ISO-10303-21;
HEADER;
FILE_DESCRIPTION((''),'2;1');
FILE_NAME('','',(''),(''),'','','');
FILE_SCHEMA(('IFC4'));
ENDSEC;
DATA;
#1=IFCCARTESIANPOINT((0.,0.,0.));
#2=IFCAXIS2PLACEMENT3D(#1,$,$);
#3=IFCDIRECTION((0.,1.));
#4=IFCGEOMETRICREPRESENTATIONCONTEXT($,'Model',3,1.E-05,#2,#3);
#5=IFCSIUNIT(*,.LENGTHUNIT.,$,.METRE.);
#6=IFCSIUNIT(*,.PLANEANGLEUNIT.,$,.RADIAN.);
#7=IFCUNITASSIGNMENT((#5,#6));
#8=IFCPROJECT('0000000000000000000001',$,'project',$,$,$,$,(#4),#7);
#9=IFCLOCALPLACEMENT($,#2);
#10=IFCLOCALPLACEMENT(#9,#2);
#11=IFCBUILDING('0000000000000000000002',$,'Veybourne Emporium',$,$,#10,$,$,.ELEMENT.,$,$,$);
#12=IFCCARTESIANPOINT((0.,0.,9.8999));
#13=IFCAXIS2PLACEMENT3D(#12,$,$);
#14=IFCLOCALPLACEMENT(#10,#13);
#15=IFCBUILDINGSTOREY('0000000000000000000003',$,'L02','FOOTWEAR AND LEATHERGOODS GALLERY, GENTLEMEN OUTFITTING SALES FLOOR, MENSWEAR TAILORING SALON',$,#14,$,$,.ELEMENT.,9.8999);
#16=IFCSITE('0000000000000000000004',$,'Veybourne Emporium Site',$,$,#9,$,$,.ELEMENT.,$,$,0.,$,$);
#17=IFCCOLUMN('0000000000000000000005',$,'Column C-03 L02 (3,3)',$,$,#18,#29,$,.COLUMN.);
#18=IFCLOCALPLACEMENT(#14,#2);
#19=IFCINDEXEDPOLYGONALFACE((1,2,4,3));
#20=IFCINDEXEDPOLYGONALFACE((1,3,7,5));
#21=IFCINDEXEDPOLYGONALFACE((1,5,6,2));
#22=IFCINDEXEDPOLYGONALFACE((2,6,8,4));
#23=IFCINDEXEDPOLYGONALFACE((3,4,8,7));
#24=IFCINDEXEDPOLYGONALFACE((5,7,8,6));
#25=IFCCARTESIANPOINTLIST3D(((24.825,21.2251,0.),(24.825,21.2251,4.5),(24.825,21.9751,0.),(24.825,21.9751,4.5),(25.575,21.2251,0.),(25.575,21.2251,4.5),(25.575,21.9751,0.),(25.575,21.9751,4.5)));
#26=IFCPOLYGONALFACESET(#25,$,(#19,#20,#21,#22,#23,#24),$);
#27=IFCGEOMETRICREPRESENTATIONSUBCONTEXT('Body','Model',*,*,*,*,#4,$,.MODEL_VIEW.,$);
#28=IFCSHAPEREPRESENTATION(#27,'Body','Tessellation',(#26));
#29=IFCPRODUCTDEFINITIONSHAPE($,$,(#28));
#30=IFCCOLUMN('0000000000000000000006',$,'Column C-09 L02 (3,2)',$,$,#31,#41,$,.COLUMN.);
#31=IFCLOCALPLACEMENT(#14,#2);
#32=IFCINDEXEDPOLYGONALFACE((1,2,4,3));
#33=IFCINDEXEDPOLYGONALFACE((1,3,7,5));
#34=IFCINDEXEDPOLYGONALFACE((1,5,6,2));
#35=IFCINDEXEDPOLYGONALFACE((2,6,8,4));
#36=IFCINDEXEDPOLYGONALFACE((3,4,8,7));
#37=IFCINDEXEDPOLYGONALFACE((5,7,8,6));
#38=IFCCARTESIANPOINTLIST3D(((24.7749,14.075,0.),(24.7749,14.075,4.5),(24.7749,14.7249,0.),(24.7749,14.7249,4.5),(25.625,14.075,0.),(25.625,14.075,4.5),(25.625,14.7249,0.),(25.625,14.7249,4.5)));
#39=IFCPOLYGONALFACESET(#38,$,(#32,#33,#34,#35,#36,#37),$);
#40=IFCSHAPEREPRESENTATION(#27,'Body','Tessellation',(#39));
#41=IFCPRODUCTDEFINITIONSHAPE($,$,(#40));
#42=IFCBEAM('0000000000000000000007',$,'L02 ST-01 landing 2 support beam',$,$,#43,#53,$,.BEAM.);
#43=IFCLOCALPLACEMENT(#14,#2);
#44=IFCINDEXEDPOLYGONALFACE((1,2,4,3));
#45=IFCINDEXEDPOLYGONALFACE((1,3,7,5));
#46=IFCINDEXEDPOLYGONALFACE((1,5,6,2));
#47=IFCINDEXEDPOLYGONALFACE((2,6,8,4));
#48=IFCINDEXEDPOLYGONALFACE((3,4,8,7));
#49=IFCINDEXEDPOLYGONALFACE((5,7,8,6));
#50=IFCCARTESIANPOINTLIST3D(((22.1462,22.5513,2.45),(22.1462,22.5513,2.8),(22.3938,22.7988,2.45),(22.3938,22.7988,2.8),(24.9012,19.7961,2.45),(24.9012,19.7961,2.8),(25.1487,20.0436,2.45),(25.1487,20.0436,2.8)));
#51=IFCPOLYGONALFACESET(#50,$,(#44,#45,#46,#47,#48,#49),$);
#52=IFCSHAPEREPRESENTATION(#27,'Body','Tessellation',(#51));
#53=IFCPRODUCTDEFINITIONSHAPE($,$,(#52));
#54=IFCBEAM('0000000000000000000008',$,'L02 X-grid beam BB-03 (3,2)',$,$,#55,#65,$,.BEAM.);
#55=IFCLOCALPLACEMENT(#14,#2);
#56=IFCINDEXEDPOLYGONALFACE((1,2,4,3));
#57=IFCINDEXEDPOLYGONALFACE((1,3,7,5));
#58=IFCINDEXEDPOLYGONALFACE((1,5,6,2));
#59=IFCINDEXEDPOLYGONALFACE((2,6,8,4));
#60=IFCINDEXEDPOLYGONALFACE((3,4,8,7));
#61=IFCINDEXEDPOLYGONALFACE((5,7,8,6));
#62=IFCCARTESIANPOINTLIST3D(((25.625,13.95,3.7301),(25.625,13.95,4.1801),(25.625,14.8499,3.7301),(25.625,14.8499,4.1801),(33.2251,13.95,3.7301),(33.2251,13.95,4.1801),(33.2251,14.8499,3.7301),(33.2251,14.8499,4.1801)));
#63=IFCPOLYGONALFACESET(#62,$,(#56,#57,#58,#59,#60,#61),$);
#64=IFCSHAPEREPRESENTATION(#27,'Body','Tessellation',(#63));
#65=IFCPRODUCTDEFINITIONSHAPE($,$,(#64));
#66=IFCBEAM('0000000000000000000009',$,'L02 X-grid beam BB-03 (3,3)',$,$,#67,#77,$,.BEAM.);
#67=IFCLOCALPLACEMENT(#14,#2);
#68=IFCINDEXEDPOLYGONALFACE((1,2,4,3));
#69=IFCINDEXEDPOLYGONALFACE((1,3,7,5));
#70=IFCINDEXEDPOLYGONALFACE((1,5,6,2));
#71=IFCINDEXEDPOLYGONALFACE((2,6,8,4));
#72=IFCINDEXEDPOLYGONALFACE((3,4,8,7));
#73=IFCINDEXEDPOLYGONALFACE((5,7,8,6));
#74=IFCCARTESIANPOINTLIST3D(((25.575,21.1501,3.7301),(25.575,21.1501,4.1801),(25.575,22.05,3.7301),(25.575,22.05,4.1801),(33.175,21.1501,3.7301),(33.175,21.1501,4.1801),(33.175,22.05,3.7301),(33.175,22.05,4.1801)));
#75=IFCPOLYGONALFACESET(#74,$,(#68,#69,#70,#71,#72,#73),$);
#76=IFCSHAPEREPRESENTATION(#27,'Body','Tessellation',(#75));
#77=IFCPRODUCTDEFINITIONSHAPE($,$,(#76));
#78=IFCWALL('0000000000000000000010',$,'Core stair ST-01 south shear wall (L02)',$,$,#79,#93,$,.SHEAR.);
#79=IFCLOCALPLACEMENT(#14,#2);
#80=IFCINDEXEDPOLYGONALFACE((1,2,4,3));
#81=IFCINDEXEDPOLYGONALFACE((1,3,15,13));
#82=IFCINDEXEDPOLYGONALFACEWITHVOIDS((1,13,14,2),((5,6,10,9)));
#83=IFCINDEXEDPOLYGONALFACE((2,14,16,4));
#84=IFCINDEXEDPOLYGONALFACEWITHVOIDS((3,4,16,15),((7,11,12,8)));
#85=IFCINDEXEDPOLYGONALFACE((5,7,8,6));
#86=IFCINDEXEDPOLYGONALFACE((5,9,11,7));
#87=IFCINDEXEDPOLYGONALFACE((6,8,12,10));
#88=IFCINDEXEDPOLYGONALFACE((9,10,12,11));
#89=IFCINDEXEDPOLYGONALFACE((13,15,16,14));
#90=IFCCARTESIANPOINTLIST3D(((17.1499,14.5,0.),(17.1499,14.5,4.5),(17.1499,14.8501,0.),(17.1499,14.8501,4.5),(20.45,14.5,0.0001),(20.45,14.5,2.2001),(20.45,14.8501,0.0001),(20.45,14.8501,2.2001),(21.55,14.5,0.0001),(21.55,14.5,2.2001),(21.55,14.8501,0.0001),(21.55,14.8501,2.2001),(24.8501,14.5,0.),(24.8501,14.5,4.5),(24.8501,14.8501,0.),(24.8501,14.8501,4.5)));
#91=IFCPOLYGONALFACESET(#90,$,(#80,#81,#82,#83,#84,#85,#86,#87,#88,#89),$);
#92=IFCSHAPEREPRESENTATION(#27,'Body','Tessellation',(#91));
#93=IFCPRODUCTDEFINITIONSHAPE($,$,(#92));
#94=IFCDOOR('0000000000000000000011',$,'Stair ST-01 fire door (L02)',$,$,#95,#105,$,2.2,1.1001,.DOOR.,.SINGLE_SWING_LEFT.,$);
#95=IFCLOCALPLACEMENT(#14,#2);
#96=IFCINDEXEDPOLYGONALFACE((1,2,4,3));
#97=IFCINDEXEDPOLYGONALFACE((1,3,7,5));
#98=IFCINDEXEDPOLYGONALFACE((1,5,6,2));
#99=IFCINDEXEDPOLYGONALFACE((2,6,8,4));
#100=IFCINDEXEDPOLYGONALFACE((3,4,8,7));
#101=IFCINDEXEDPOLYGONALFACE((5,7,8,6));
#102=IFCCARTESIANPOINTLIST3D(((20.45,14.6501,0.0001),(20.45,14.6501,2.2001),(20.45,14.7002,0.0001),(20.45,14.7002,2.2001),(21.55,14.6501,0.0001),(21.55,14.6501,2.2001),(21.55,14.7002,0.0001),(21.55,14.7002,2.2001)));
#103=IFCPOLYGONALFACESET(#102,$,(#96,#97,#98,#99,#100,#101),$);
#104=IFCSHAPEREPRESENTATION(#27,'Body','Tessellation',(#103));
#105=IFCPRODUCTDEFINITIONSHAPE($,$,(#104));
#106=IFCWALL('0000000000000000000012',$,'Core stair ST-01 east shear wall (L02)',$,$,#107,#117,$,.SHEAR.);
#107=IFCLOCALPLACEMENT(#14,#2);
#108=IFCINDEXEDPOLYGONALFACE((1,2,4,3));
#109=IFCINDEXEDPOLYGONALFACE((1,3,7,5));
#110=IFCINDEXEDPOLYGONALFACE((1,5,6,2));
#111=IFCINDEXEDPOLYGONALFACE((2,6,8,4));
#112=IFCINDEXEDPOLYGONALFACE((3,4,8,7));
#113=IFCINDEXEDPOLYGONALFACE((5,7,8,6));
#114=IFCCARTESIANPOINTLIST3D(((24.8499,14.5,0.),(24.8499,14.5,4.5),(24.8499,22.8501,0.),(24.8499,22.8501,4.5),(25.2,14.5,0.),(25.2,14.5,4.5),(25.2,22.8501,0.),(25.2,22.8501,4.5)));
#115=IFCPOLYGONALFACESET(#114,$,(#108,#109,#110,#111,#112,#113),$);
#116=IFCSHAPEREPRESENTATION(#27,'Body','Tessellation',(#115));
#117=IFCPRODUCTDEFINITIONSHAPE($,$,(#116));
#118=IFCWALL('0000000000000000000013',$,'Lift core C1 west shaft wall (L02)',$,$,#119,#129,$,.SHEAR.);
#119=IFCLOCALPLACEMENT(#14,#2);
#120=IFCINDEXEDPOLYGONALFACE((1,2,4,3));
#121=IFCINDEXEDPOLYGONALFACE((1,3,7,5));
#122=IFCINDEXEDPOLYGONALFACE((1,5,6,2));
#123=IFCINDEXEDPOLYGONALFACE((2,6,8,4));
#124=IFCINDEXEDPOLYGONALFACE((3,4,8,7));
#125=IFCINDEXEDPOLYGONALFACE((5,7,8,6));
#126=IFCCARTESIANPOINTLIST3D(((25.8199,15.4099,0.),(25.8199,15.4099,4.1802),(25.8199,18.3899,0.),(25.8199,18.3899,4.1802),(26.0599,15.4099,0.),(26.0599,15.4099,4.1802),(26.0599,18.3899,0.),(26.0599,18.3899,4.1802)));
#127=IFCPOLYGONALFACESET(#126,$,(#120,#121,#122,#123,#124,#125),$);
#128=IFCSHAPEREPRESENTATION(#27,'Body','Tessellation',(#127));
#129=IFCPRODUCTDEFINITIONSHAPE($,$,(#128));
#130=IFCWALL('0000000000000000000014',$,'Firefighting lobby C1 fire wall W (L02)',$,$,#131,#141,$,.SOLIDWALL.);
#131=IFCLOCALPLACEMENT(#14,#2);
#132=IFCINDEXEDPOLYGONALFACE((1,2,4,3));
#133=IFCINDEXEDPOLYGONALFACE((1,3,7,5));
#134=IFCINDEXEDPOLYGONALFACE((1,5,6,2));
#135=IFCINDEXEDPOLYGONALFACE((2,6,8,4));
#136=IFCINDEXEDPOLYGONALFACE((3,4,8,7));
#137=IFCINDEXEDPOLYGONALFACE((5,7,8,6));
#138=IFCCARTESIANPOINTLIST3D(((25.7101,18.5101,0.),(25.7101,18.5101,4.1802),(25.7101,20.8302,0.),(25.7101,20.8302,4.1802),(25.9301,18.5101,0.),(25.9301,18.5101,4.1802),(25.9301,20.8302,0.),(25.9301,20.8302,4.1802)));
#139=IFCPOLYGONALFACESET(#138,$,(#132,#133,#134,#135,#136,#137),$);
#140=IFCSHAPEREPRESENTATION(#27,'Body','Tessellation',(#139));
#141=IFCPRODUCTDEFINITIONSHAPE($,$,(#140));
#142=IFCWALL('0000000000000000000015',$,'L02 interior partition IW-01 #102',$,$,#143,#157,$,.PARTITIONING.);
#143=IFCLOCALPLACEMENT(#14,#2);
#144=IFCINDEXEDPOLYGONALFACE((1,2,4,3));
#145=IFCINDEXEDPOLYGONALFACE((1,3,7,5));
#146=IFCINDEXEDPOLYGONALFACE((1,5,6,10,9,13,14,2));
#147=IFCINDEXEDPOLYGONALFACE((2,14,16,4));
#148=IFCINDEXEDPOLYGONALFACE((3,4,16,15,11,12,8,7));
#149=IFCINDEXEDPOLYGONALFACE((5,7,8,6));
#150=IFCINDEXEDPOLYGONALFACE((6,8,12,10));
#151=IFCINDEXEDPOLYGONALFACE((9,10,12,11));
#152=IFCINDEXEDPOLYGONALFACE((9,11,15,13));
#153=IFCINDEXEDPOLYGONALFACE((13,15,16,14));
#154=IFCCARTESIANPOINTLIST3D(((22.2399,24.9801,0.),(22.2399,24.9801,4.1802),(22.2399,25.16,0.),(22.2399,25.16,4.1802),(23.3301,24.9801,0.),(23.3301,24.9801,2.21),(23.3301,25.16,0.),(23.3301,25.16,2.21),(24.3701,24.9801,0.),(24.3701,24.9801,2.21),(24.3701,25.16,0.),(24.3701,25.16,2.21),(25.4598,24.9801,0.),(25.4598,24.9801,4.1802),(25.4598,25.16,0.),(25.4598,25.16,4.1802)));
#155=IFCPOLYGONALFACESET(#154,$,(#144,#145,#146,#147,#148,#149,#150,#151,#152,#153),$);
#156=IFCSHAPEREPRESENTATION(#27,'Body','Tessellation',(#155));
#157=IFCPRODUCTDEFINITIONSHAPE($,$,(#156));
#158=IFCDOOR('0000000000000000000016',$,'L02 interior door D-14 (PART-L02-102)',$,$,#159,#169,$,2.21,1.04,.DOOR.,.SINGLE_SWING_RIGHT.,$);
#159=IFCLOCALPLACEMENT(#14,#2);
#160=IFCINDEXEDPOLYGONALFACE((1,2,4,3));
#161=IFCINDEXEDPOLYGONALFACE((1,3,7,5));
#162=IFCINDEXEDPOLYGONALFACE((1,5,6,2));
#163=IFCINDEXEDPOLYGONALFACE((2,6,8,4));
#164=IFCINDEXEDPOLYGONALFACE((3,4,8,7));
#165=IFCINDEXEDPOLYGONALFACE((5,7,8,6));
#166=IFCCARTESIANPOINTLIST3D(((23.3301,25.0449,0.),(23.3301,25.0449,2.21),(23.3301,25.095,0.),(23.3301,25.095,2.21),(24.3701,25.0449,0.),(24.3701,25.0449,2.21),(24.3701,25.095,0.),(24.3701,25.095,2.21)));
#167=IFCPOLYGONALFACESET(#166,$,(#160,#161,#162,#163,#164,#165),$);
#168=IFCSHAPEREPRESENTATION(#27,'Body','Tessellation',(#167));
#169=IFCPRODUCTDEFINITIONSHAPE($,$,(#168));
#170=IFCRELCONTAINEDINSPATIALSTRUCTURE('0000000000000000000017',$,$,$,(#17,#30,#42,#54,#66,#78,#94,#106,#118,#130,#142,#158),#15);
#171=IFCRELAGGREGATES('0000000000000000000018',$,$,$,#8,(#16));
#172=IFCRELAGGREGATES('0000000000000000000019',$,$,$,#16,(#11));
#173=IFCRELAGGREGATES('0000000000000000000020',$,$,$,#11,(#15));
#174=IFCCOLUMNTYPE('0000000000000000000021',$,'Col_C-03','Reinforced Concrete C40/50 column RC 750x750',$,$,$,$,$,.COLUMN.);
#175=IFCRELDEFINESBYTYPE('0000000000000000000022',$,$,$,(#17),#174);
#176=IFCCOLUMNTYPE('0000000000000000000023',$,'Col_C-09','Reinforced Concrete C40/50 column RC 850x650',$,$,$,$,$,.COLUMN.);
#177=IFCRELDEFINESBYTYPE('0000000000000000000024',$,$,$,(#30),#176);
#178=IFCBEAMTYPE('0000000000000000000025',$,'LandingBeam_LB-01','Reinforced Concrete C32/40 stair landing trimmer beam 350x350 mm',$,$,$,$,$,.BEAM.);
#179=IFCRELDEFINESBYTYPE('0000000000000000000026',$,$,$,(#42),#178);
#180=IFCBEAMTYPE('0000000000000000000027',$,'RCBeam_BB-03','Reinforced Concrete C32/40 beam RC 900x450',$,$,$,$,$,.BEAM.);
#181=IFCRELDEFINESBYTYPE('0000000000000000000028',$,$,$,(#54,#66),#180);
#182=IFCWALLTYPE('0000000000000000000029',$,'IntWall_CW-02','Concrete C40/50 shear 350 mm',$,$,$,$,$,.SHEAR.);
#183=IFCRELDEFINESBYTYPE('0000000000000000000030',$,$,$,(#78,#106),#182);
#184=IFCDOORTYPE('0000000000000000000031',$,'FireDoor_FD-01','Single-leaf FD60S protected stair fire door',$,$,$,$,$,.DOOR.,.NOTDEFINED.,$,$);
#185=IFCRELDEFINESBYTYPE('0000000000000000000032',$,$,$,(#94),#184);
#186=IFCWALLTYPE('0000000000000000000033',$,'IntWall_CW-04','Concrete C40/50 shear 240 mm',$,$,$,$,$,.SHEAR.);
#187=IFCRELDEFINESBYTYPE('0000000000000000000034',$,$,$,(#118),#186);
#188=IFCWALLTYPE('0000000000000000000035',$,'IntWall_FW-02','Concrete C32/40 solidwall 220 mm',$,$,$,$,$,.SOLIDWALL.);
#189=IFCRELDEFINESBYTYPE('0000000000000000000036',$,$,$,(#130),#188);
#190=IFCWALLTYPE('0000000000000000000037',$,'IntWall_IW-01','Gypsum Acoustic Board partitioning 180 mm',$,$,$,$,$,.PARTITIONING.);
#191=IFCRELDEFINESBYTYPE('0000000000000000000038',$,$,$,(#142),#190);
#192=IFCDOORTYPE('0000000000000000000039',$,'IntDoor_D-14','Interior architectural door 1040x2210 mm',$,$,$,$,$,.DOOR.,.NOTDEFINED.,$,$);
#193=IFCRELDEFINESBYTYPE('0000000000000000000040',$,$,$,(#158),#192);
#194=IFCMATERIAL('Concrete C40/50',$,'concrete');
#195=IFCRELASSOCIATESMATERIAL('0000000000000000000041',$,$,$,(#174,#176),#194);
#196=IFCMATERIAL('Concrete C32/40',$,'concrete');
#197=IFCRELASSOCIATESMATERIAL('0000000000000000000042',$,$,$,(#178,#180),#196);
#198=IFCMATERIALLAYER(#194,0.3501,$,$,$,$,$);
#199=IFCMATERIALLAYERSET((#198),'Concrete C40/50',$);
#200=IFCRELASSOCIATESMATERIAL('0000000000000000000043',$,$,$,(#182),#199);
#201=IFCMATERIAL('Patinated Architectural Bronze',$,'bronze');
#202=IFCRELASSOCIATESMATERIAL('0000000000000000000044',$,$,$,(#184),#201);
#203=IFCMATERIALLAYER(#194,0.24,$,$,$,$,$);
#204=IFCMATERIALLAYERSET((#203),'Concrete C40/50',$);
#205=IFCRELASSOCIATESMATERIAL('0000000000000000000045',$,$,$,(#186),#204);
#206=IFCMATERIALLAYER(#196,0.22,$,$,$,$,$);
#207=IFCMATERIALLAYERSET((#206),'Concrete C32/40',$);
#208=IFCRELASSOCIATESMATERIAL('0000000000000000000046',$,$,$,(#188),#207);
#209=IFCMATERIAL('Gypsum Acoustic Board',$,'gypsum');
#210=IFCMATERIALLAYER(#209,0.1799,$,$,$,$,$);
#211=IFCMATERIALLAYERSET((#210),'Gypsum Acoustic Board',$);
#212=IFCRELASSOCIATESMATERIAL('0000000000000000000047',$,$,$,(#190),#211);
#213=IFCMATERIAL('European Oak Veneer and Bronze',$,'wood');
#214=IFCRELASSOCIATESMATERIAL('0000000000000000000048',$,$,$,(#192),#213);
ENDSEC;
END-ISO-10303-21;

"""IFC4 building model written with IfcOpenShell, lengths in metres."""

from ifc_helpers import new_model, si_unit, direction, frame, frame_2d, origin, origin_2d, place, context, subcontext, project, spatial, rectangle, extrude, material, layer, layer_set, material_profile, profile_set, type_object, element, fill, save


model = new_model("IFC4")

# Units and contexts
model_context = context("Model", 3, precision=1e-05, world=origin(), true_north=direction((0.0, 1.0)))
body_context = subcontext(model_context, "Body", "Model", "MODEL_VIEW")
ifc_project = project(units=[si_unit("LENGTHUNIT", "METRE"), si_unit("PLANEANGLEUNIT", "RADIAN")], contexts=[model_context])

# Site, building, storey
site_placement = place(None, origin())
site = spatial("IfcSite", under=ifc_project, at=site_placement, Name="Veybourne Emporium Site", CompositionType="ELEMENT", RefElevation=0.0)
building_placement = place(site_placement, origin())
building = spatial("IfcBuilding", under=site, at=building_placement, Name="Veybourne Emporium", CompositionType="ELEMENT")
storey_placement = place(building_placement, frame((0.0, 0.0, 9.8999)))
storey = spatial("IfcBuildingStorey", under=building, at=storey_placement, Name="L02", Description="FOOTWEAR AND LEATHERGOODS GALLERY, GENTLEMEN OUTFITTING SALES FLOOR, MENSWEAR TAILORING SALON", CompositionType="ELEMENT", Elevation=9.8999)

# Columns
ifc_material_1 = material(Name="Concrete C40/50", Category="concrete")
ifc_material_profile_1 = material_profile(ifc_material_1, rectangle(XDim=0.75, YDim=0.75, at=origin_2d()), Name="RC 750x750")
ifc_profile_set_1 = profile_set([ifc_material_profile_1], Name="Concrete C40/50")
column_type_1 = type_object("IfcColumnType", Name="Col_C-03", Description="Reinforced Concrete C40/50 column RC 750x750", PredefinedType="COLUMN", material=ifc_profile_set_1)
column_1_placement = place(storey_placement, frame((25.2, 21.6001, 0.0), z_axis=(0.0, 0.0, 1.0), x_axis=(1.0, 0.0, 0.0)))
element("IfcColumn", 1, at=column_1_placement, inside=storey, type_object=column_type_1, Name="Column C-03 L02 (3,3)", PredefinedType="COLUMN", context=body_context, shape_type="SweptSolid", body=[
    extrude(rectangle(XDim=0.75, YDim=0.75, at=origin_2d()), origin(), (0.0, 0.0, 1.0), 4.5),
])
ifc_material_profile_2 = material_profile(ifc_material_1, rectangle(XDim=0.8501, YDim=0.6499, at=origin_2d()), Name="RC 850x650")
ifc_profile_set_2 = profile_set([ifc_material_profile_2], Name="Concrete C40/50")
column_type_2 = type_object("IfcColumnType", Name="Col_C-09", Description="Reinforced Concrete C40/50 column RC 850x650", PredefinedType="COLUMN", material=ifc_profile_set_2)
column_2_placement = place(storey_placement, frame((25.2, 14.3999, 0.0), z_axis=(0.0, 0.0, 1.0), x_axis=(1.0, 0.0, 0.0)))
element("IfcColumn", 2, at=column_2_placement, inside=storey, type_object=column_type_2, Name="Column C-09 L02 (3,2)", PredefinedType="COLUMN", context=body_context, shape_type="SweptSolid", body=[
    extrude(rectangle(XDim=0.8501, YDim=0.6499, at=origin_2d()), origin(), (0.0, 0.0, 1.0), 4.5),
])

# Beams
ifc_material_2 = material(Name="Concrete C32/40", Category="concrete")
ifc_material_profile_3 = material_profile(ifc_material_2, rectangle(XDim=0.3501, YDim=0.3501, at=origin_2d()), Name="RC 350x350")
ifc_profile_set_3 = profile_set([ifc_material_profile_3], Name="Concrete C32/40")
beam_type_1 = type_object("IfcBeamType", Name="LandingBeam_LB-01", Description="Reinforced Concrete C32/40 stair landing trimmer beam 350x350 mm", PredefinedType="BEAM", material=ifc_profile_set_3)
beam_placement = place(storey_placement, frame((22.27, 22.675, 2.625), z_axis=(0.707075, -0.707138, 0.0), x_axis=(0.707138, 0.707075, 0.0)))
element("IfcBeam", 3, at=beam_placement, inside=storey, type_object=beam_type_1, Name="L02 ST-01 landing 2 support beam", PredefinedType="BEAM", context=body_context, shape_type="SweptSolid", body=[
    extrude(rectangle(XDim=0.3501, YDim=0.3501, at=origin_2d()), origin(), (0.0, 0.0, 1.0), 3.8962),
])
ifc_material_profile_4 = material_profile(ifc_material_2, rectangle(XDim=0.8999, YDim=0.45, at=origin_2d()), Name="RC 900x450")
ifc_profile_set_4 = profile_set([ifc_material_profile_4], Name="Concrete C32/40")
beam_type_2 = type_object("IfcBeamType", Name="RCBeam_BB-03", Description="Reinforced Concrete C32/40 beam RC 900x450", PredefinedType="BEAM", material=ifc_profile_set_4)
for number, where, z_axis, x_axis, name in (
    (4, (25.625, 14.3999, 3.9551), (1.0, 0.0, 0.0), (0.0, 1.0, 0.0), "L02 X-grid beam BB-03 (3,2)"),
    (5, (25.575, 21.6001, 3.9551), (1.0, 0.0, 0.0), (0.0, 1.0, 0.0), "L02 X-grid beam BB-03 (3,3)"),
):
    element("IfcBeam", number, at=place(storey_placement, frame(where, z_axis=z_axis, x_axis=x_axis)), inside=storey, type_object=beam_type_2, Name=name, PredefinedType="BEAM", context=body_context, shape_type="SweptSolid", body=[
        extrude(rectangle(XDim=0.8999, YDim=0.45, at=origin_2d()), origin(), (0.0, 0.0, 1.0), 7.6001),
    ])

# Wall, opening, door
ifc_layer_1 = layer(ifc_material_1, 0.3501)
ifc_layer_set_1 = layer_set([ifc_layer_1], Name="Concrete C40/50")
wall_type_1 = type_object("IfcWallType", Name="IntWall_CW-02", Description="Concrete C40/50 shear 350 mm", PredefinedType="SHEAR", material=ifc_layer_set_1)
wall_1_placement = place(storey_placement, frame((24.8501, 14.675, 0.0), z_axis=(0.0, 0.0, 1.0), x_axis=(-1.0, 0.0, 0.0)))
wall_1 = element("IfcWall", 6, at=wall_1_placement, inside=storey, type_object=wall_type_1, Name="Core stair ST-01 south shear wall (L02)", PredefinedType="SHEAR", context=body_context, shape_type="SweptSolid", body=[
    extrude(rectangle(XDim=7.7002, YDim=0.3501, at=frame_2d((3.8501, 0.0))), origin(), (0.0, 0.0, 1.0), 4.5),
])
opening_1_placement = place(wall_1_placement, frame((3.3, 0.0, 0.0)))
opening_1 = element("IfcOpeningElement", 7, at=opening_1_placement, cuts=wall_1, PredefinedType="OPENING", context=body_context, shape_type="SweptSolid", body=[
    extrude(rectangle(XDim=1.1001, YDim=2.2, at=frame_2d((0.55, 1.1001))), frame((0.0, 0.1951, 0.0), z_axis=(0.0, -1.0, 0.0), x_axis=(1.0, 0.0, 0.0)), (0.0, 0.0, 1.0), 0.3901),
])
ifc_material_3 = material(Name="Patinated Architectural Bronze", Category="bronze")
door_type_1 = type_object("IfcDoorType", Name="FireDoor_FD-01", Description="Single-leaf FD60S protected stair fire door", OperationType="NOTDEFINED", PredefinedType="DOOR", material=ifc_material_3)
door_1_placement = place(opening_1_placement, origin())
door_1 = element("IfcDoor", 8, at=door_1_placement, inside=storey, type_object=door_type_1, Name="Stair ST-01 fire door (L02)", OperationType="SINGLE_SWING_LEFT", OverallHeight=2.2, OverallWidth=1.1001, PredefinedType="DOOR", context=body_context, shape_type="SweptSolid", body=[
    extrude(rectangle(XDim=1.1001, YDim=2.2, at=frame_2d((0.55, 1.1001))), frame((0.0, 0.0249, 0.0), z_axis=(0.0, -1.0, 0.0), x_axis=(1.0, 0.0, 0.0)), (0.0, 0.0, 1.0), 0.05),
])
fill(opening_1, door_1)

# Walls
wall_2_placement = place(storey_placement, frame((25.0249, 14.5, 0.0), z_axis=(0.0, 0.0, 1.0), x_axis=(0.0, 1.0, 0.0)))
element("IfcWall", 9, at=wall_2_placement, inside=storey, type_object=wall_type_1, Name="Core stair ST-01 east shear wall (L02)", PredefinedType="SHEAR", context=body_context, shape_type="SweptSolid", body=[
    extrude(rectangle(XDim=8.3501, YDim=0.3501, at=frame_2d((4.175, 0.0))), origin(), (0.0, 0.0, 1.0), 4.5),
])
ifc_layer_2 = layer(ifc_material_1, 0.24)
ifc_layer_set_2 = layer_set([ifc_layer_2], Name="Concrete C40/50")
wall_type_2 = type_object("IfcWallType", Name="IntWall_CW-04", Description="Concrete C40/50 shear 240 mm", PredefinedType="SHEAR", material=ifc_layer_set_2)
wall_3_placement = place(storey_placement, frame((25.9399, 18.3899, 0.0), z_axis=(0.0, 0.0, 1.0), x_axis=(0.0, -1.0, 0.0)))
element("IfcWall", 10, at=wall_3_placement, inside=storey, type_object=wall_type_2, Name="Lift core C1 west shaft wall (L02)", PredefinedType="SHEAR", context=body_context, shape_type="SweptSolid", body=[
    extrude(rectangle(XDim=2.98, YDim=0.24, at=frame_2d((1.49, 0.0))), origin(), (0.0, 0.0, 1.0), 4.1802),
])

# Shared definitions
ifc_layer_3 = layer(ifc_material_2, 0.22)
ifc_layer_set_3 = layer_set([ifc_layer_3], Name="Concrete C32/40")
wall_type_3 = type_object("IfcWallType", Name="IntWall_FW-02", Description="Concrete C32/40 solidwall 220 mm", PredefinedType="SOLIDWALL", material=ifc_layer_set_3)

# Wall
wall_4_placement = place(storey_placement, frame((25.8201, 18.51, 0.0), z_axis=(0.0, 0.0, 1.0), x_axis=(0.0, 1.0, 0.0)))
element("IfcWall", 11, at=wall_4_placement, inside=storey, type_object=wall_type_3, Name="Firefighting lobby C1 fire wall W (L02)", PredefinedType="SOLIDWALL", context=body_context, shape_type="SweptSolid", body=[
    extrude(rectangle(XDim=2.3201, YDim=0.22, at=frame_2d((1.1602, 0.0))), origin(), (0.0, 0.0, 1.0), 4.1802),
])

# Wall, opening, door
ifc_material_4 = material(Name="Gypsum Acoustic Board", Category="gypsum")
ifc_layer_4 = layer(ifc_material_4, 0.1799)
ifc_layer_set_4 = layer_set([ifc_layer_4], Name="Gypsum Acoustic Board")
wall_type_4 = type_object("IfcWallType", Name="IntWall_IW-01", Description="Gypsum Acoustic Board partitioning 180 mm", PredefinedType="PARTITIONING", material=ifc_layer_set_4)
wall_5_placement = place(storey_placement, frame((22.24, 25.0701, 0.0), z_axis=(0.0, 0.0, 1.0), x_axis=(1.0, 0.0, 0.0)))
wall_5 = element("IfcWall", 12, at=wall_5_placement, inside=storey, type_object=wall_type_4, Name="L02 interior partition IW-01 #102", PredefinedType="PARTITIONING", context=body_context, shape_type="SweptSolid", body=[
    extrude(rectangle(XDim=3.22, YDim=0.1799, at=frame_2d((1.6099, 0.0))), origin(), (0.0, 0.0, 1.0), 4.1802),
])
opening_2_placement = place(wall_5_placement, frame((1.0901, 0.0, 0.0)))
opening_2 = element("IfcOpeningElement", 13, at=opening_2_placement, cuts=wall_5, PredefinedType="OPENING", context=body_context, shape_type="SweptSolid", body=[
    extrude(rectangle(XDim=1.04, YDim=2.21, at=frame_2d((0.52, 1.105))), frame((0.0, 0.1099, 0.0), z_axis=(0.0, -1.0, 0.0), x_axis=(1.0, 0.0, 0.0)), (0.0, 0.0, 1.0), 0.22),
])
ifc_material_5 = material(Name="European Oak Veneer and Bronze", Category="wood")
door_type_2 = type_object("IfcDoorType", Name="IntDoor_D-14", Description="Interior architectural door 1040x2210 mm", OperationType="NOTDEFINED", PredefinedType="DOOR", material=ifc_material_5)
door_2_placement = place(opening_2_placement, origin())
door_2 = element("IfcDoor", 14, at=door_2_placement, inside=storey, type_object=door_type_2, Name="L02 interior door D-14 (PART-L02-102)", OperationType="SINGLE_SWING_RIGHT", OverallHeight=2.21, OverallWidth=1.04, PredefinedType="DOOR", context=body_context, shape_type="SweptSolid", body=[
    extrude(rectangle(XDim=1.04, YDim=2.21, at=frame_2d((0.52, 1.105))), frame((0.0, 0.0249, 0.0), z_axis=(0.0, -1.0, 0.0), x_axis=(1.0, 0.0, 0.0)), (0.0, 0.0, 1.0), 0.05),
])
fill(opening_2, door_2)

save(model, "model.ifc")
